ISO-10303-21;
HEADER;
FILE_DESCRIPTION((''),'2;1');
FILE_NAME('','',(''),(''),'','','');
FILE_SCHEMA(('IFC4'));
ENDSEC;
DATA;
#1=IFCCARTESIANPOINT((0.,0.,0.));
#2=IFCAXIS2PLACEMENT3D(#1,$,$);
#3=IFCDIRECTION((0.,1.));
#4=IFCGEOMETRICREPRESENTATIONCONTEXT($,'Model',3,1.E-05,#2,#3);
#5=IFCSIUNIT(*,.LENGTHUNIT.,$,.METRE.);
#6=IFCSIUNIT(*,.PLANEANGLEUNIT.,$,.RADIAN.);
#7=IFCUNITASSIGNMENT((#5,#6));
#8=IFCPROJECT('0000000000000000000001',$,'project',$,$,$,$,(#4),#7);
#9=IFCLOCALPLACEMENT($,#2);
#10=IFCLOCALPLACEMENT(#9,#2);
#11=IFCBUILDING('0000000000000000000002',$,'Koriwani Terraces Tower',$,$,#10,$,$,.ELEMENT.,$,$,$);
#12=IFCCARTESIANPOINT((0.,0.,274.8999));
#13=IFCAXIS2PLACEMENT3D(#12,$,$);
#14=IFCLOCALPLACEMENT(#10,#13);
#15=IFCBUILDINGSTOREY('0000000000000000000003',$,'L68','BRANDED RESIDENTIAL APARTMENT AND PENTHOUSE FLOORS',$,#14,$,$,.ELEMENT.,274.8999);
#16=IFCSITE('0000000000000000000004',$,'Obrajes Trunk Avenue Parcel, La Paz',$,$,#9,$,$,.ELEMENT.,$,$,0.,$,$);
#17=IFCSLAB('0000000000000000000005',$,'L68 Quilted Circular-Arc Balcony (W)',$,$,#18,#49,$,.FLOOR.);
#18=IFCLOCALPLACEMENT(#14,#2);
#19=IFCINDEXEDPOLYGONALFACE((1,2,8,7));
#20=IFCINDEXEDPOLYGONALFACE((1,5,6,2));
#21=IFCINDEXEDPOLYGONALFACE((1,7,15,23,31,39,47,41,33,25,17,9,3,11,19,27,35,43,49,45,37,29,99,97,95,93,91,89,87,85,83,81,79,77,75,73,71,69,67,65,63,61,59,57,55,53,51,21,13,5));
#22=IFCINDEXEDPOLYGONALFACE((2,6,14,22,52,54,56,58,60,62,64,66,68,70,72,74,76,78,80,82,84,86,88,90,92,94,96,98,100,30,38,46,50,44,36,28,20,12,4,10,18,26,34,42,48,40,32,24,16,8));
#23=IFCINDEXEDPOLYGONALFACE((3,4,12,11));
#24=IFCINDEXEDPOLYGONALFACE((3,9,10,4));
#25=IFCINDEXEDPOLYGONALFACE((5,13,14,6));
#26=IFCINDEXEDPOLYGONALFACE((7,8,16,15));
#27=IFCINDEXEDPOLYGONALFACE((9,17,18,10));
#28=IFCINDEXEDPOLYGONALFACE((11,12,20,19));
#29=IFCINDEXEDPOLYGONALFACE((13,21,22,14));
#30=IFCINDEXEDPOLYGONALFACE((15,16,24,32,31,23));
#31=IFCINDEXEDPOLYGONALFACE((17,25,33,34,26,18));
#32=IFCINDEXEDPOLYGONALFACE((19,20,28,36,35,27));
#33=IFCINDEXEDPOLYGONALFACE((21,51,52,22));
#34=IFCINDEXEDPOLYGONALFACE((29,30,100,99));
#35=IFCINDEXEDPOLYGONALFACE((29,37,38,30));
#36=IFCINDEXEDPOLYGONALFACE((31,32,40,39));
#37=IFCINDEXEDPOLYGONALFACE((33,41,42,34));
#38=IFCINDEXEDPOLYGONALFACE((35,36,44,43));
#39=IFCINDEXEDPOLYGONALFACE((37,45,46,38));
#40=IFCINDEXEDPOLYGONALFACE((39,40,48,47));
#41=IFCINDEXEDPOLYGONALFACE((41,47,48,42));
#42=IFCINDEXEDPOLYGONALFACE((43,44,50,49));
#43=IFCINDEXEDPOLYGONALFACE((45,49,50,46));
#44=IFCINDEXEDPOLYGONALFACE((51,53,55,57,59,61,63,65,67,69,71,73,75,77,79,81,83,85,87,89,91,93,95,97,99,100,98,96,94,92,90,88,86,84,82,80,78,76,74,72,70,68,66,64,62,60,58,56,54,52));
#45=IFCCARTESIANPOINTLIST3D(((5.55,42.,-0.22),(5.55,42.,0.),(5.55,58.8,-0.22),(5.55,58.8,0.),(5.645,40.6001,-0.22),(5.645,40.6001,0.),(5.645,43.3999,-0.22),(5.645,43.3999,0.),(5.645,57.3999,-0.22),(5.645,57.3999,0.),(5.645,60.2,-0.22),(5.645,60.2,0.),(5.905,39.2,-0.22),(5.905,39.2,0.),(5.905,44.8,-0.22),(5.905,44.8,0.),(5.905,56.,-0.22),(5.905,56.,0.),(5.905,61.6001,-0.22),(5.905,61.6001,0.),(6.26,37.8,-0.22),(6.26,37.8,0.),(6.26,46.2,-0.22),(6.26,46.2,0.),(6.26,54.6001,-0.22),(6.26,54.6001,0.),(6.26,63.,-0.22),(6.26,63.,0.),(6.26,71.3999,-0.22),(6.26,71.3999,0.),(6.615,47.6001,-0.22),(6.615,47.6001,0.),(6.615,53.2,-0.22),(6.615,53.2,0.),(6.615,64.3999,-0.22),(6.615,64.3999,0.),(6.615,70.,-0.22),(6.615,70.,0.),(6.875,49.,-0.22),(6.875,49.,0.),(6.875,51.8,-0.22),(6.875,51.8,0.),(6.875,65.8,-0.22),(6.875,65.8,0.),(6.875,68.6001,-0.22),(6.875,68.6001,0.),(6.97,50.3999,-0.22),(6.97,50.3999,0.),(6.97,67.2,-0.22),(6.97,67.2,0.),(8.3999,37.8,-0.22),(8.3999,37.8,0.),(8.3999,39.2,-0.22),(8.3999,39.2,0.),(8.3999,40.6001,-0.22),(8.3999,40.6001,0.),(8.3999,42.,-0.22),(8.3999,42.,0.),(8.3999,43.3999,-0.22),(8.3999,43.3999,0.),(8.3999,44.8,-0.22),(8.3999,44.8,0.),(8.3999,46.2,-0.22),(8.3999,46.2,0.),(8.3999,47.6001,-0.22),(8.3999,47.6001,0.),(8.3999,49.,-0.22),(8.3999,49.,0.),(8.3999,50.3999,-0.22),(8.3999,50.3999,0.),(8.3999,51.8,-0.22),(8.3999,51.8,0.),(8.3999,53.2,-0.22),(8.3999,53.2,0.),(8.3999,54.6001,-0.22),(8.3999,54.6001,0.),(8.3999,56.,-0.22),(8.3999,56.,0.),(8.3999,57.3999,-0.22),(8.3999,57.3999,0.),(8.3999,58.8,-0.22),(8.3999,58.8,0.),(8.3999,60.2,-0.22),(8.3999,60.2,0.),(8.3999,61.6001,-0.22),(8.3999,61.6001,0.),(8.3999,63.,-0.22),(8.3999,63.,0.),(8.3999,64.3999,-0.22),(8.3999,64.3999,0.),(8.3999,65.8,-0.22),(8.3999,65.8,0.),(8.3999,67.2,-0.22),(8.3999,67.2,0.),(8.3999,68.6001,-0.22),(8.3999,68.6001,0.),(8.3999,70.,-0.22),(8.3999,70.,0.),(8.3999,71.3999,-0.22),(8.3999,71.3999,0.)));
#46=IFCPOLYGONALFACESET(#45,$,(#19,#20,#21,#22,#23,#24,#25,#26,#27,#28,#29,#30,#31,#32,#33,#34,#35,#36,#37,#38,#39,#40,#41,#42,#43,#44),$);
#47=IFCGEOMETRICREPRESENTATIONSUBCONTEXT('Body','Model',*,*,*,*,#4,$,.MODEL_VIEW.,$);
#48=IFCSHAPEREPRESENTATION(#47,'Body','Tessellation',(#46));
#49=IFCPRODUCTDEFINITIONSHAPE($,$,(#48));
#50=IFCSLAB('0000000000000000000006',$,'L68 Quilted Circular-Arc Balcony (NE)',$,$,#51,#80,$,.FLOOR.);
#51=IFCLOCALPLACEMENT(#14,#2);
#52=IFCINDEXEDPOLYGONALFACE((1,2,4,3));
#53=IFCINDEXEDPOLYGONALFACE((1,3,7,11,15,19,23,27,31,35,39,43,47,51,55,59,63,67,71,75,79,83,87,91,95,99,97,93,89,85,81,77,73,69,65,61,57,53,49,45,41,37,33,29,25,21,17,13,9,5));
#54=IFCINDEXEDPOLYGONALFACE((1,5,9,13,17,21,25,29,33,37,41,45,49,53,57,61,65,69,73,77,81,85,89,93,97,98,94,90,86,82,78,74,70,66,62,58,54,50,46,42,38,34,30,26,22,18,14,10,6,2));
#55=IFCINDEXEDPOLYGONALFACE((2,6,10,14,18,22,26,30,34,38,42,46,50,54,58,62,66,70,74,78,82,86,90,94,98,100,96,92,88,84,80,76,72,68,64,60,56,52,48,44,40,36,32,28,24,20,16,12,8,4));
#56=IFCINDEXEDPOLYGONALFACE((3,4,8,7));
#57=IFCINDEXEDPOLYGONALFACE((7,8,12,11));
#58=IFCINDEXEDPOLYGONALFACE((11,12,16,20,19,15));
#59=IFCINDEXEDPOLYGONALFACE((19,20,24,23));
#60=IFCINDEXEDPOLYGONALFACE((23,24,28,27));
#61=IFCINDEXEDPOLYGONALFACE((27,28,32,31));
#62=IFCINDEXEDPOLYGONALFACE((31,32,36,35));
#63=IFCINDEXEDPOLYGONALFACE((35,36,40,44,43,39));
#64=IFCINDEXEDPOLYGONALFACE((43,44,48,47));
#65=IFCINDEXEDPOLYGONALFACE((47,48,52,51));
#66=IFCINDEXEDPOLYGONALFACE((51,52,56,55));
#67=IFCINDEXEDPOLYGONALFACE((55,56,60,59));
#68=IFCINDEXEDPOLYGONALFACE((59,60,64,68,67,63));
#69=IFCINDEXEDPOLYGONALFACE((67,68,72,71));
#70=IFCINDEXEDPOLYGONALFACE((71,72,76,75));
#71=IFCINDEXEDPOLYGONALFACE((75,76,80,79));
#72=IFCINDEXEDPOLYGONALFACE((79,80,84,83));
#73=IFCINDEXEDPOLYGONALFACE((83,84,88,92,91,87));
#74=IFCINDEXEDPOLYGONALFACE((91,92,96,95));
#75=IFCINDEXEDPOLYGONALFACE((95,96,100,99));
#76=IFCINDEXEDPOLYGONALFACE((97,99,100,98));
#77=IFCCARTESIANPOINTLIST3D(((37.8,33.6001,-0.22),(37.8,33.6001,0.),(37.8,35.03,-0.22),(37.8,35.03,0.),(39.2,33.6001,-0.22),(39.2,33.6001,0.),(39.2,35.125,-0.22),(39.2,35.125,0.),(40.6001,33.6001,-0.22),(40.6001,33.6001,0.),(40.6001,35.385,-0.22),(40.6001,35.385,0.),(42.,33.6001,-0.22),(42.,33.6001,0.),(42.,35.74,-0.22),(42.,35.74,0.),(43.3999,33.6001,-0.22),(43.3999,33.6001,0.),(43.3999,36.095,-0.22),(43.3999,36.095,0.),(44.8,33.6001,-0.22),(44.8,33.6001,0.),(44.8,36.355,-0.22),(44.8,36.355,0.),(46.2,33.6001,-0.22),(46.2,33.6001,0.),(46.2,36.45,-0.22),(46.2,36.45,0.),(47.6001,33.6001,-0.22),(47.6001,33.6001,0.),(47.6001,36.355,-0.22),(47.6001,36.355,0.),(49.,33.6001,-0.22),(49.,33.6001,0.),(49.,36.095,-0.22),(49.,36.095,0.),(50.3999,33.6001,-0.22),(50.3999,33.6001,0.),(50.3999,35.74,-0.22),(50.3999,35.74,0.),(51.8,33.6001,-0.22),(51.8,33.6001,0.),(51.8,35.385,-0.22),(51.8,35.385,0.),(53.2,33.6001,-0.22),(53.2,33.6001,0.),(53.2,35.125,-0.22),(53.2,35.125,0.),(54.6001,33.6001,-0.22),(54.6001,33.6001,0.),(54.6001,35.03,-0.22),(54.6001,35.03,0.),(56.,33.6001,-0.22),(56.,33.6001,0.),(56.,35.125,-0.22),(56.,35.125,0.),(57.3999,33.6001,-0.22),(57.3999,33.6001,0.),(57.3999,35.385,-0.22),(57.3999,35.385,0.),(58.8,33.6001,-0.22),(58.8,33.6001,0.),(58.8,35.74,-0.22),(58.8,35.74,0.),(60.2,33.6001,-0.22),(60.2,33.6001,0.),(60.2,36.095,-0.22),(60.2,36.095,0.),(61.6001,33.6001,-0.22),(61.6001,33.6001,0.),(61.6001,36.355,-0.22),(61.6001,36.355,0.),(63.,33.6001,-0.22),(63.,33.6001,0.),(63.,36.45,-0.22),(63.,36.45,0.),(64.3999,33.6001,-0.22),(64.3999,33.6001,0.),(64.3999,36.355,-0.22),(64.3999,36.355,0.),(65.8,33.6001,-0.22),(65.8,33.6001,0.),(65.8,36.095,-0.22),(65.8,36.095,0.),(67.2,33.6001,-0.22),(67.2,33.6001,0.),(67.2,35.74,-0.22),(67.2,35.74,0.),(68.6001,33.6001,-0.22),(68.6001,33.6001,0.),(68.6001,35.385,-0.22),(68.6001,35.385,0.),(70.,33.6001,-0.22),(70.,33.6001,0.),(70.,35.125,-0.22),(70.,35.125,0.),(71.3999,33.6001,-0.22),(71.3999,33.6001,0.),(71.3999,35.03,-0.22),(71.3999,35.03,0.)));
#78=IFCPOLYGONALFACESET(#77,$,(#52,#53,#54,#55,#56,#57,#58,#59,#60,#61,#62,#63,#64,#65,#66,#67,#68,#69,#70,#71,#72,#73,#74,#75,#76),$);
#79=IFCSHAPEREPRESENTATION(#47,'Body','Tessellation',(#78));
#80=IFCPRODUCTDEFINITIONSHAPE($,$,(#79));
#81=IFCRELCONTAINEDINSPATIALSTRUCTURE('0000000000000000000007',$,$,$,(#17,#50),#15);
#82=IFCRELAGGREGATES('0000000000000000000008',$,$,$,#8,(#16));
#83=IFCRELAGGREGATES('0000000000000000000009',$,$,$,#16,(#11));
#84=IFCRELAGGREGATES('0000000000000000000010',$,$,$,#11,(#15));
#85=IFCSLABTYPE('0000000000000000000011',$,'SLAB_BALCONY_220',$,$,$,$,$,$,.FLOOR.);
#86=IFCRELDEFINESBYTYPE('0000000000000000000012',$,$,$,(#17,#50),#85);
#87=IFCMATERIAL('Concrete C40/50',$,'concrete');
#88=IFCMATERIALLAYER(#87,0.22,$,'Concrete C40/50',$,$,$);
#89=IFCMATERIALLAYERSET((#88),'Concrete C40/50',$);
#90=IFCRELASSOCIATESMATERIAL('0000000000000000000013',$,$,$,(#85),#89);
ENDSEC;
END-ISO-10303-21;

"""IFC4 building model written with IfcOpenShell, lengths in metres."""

from ifc_helpers import new_model, si_unit, direction, frame, origin, place, context, subcontext, project, spatial, polyline, outline, extrude, material, layer, layer_set, type_object, element, save


model = new_model("IFC4")

# Units and contexts
model_context = context("Model", 3, precision=1e-05, world=origin(), true_north=direction((0.0, 1.0)))
body_context = subcontext(model_context, "Body", "Model", "MODEL_VIEW")
ifc_project = project(units=[si_unit("LENGTHUNIT", "METRE"), si_unit("PLANEANGLEUNIT", "RADIAN")], contexts=[model_context])

# Site, building, storey
site_placement = place(None, origin())
site = spatial("IfcSite", under=ifc_project, at=site_placement, Name="Obrajes Trunk Avenue Parcel, La Paz", CompositionType="ELEMENT", RefElevation=0.0)
building_placement = place(site_placement, origin())
building = spatial("IfcBuilding", under=site, at=building_placement, Name="Koriwani Terraces Tower", CompositionType="ELEMENT")
storey_placement = place(building_placement, frame((0.0, 0.0, 274.8999)))
storey = spatial("IfcBuildingStorey", under=building, at=storey_placement, Name="L68", Description="BRANDED RESIDENTIAL APARTMENT AND PENTHOUSE FLOORS", CompositionType="ELEMENT", Elevation=274.8999)

# Slabs
ifc_material_1 = material(Name="Concrete C40/50", Category="concrete")
ifc_layer_1 = layer(ifc_material_1, 0.22, Name="Concrete C40/50")
ifc_layer_set_1 = layer_set([ifc_layer_1], Name="Concrete C40/50")
slab_type_1 = type_object("IfcSlabType", Name="SLAB_BALCONY_220", PredefinedType="FLOOR", material=ifc_layer_set_1)
slab_1_placement = place(storey_placement, frame((0.0, 0.0, -0.22)))
element("IfcSlab", 1, at=slab_1_placement, inside=storey, type_object=slab_type_1, Name="L68 Quilted Circular-Arc Balcony (W)", PredefinedType="FLOOR", context=body_context, shape_type="SweptSolid", body=[
    extrude(outline(polyline([(8.3999, 37.8), (8.3999, 39.2), (8.3999, 40.6001), (8.3999, 42.0), (8.3999, 43.3999), (8.3999, 44.8), (8.3999, 46.2), (8.3999, 47.6001), (8.3999, 49.0), (8.3999, 50.3999), (8.3999, 51.8), (8.3999, 53.2), (8.3999, 54.6001), (8.3999, 56.0), (8.3999, 57.3999), (8.3999, 58.8), (8.3999, 60.2), (8.3999, 61.6001), (8.3999, 63.0), (8.3999, 64.3999), (8.3999, 65.8), (8.3999, 67.2), (8.3999, 68.6001), (8.3999, 70.0), (8.3999, 71.3999), (6.26, 71.3999), (6.615, 70.0), (6.875, 68.6001), (6.97, 67.2), (6.875, 65.8), (6.615, 64.3999), (6.26, 63.0), (5.905, 61.6001), (5.645, 60.2), (5.55, 58.8), (5.645, 57.3999), (5.905, 56.0), (6.26, 54.6001), (6.615, 53.2), (6.875, 51.8), (6.97, 50.3999), (6.875, 49.0), (6.615, 47.6001), (6.26, 46.2), (5.905, 44.8), (5.645, 43.3999), (5.55, 42.0), (5.645, 40.6001), (5.905, 39.2), (6.26, 37.8), (8.3999, 37.8)])), origin(), (0.0, 0.0, 1.0), 0.22),
])
slab_2_placement = place(storey_placement, frame((0.0, 0.0, -0.22)))
element("IfcSlab", 2, at=slab_2_placement, inside=storey, type_object=slab_type_1, Name="L68 Quilted Circular-Arc Balcony (NE)", PredefinedType="FLOOR", context=body_context, shape_type="SweptSolid", body=[
    extrude(outline(polyline([(71.3999, 33.6001), (70.0, 33.6001), (68.6001, 33.6001), (67.2, 33.6001), (65.8, 33.6001), (64.3999, 33.6001), (63.0, 33.6001), (61.6001, 33.6001), (60.2, 33.6001), (58.8, 33.6001), (57.3999, 33.6001), (56.0, 33.6001), (54.6001, 33.6001), (53.2, 33.6001), (51.8, 33.6001), (50.3999, 33.6001), (49.0, 33.6001), (47.6001, 33.6001), (46.2, 33.6001), (44.8, 33.6001), (43.3999, 33.6001), (42.0, 33.6001), (40.6001, 33.6001), (39.2, 33.6001), (37.8, 33.6001), (37.8, 35.03), (39.2, 35.125), (40.6001, 35.385), (42.0, 35.74), (43.3999, 36.095), (44.8, 36.355), (46.2, 36.45), (47.6001, 36.355), (49.0, 36.095), (50.3999, 35.74), (51.8, 35.385), (53.2, 35.125), (54.6001, 35.03), (56.0, 35.125), (57.3999, 35.385), (58.8, 35.74), (60.2, 36.095), (61.6001, 36.355), (63.0, 36.45), (64.3999, 36.355), (65.8, 36.095), (67.2, 35.74), (68.6001, 35.385), (70.0, 35.125), (71.3999, 35.03), (71.3999, 33.6001)])), origin(), (0.0, 0.0, 1.0), 0.22),
])

save(model, "model.ifc")
